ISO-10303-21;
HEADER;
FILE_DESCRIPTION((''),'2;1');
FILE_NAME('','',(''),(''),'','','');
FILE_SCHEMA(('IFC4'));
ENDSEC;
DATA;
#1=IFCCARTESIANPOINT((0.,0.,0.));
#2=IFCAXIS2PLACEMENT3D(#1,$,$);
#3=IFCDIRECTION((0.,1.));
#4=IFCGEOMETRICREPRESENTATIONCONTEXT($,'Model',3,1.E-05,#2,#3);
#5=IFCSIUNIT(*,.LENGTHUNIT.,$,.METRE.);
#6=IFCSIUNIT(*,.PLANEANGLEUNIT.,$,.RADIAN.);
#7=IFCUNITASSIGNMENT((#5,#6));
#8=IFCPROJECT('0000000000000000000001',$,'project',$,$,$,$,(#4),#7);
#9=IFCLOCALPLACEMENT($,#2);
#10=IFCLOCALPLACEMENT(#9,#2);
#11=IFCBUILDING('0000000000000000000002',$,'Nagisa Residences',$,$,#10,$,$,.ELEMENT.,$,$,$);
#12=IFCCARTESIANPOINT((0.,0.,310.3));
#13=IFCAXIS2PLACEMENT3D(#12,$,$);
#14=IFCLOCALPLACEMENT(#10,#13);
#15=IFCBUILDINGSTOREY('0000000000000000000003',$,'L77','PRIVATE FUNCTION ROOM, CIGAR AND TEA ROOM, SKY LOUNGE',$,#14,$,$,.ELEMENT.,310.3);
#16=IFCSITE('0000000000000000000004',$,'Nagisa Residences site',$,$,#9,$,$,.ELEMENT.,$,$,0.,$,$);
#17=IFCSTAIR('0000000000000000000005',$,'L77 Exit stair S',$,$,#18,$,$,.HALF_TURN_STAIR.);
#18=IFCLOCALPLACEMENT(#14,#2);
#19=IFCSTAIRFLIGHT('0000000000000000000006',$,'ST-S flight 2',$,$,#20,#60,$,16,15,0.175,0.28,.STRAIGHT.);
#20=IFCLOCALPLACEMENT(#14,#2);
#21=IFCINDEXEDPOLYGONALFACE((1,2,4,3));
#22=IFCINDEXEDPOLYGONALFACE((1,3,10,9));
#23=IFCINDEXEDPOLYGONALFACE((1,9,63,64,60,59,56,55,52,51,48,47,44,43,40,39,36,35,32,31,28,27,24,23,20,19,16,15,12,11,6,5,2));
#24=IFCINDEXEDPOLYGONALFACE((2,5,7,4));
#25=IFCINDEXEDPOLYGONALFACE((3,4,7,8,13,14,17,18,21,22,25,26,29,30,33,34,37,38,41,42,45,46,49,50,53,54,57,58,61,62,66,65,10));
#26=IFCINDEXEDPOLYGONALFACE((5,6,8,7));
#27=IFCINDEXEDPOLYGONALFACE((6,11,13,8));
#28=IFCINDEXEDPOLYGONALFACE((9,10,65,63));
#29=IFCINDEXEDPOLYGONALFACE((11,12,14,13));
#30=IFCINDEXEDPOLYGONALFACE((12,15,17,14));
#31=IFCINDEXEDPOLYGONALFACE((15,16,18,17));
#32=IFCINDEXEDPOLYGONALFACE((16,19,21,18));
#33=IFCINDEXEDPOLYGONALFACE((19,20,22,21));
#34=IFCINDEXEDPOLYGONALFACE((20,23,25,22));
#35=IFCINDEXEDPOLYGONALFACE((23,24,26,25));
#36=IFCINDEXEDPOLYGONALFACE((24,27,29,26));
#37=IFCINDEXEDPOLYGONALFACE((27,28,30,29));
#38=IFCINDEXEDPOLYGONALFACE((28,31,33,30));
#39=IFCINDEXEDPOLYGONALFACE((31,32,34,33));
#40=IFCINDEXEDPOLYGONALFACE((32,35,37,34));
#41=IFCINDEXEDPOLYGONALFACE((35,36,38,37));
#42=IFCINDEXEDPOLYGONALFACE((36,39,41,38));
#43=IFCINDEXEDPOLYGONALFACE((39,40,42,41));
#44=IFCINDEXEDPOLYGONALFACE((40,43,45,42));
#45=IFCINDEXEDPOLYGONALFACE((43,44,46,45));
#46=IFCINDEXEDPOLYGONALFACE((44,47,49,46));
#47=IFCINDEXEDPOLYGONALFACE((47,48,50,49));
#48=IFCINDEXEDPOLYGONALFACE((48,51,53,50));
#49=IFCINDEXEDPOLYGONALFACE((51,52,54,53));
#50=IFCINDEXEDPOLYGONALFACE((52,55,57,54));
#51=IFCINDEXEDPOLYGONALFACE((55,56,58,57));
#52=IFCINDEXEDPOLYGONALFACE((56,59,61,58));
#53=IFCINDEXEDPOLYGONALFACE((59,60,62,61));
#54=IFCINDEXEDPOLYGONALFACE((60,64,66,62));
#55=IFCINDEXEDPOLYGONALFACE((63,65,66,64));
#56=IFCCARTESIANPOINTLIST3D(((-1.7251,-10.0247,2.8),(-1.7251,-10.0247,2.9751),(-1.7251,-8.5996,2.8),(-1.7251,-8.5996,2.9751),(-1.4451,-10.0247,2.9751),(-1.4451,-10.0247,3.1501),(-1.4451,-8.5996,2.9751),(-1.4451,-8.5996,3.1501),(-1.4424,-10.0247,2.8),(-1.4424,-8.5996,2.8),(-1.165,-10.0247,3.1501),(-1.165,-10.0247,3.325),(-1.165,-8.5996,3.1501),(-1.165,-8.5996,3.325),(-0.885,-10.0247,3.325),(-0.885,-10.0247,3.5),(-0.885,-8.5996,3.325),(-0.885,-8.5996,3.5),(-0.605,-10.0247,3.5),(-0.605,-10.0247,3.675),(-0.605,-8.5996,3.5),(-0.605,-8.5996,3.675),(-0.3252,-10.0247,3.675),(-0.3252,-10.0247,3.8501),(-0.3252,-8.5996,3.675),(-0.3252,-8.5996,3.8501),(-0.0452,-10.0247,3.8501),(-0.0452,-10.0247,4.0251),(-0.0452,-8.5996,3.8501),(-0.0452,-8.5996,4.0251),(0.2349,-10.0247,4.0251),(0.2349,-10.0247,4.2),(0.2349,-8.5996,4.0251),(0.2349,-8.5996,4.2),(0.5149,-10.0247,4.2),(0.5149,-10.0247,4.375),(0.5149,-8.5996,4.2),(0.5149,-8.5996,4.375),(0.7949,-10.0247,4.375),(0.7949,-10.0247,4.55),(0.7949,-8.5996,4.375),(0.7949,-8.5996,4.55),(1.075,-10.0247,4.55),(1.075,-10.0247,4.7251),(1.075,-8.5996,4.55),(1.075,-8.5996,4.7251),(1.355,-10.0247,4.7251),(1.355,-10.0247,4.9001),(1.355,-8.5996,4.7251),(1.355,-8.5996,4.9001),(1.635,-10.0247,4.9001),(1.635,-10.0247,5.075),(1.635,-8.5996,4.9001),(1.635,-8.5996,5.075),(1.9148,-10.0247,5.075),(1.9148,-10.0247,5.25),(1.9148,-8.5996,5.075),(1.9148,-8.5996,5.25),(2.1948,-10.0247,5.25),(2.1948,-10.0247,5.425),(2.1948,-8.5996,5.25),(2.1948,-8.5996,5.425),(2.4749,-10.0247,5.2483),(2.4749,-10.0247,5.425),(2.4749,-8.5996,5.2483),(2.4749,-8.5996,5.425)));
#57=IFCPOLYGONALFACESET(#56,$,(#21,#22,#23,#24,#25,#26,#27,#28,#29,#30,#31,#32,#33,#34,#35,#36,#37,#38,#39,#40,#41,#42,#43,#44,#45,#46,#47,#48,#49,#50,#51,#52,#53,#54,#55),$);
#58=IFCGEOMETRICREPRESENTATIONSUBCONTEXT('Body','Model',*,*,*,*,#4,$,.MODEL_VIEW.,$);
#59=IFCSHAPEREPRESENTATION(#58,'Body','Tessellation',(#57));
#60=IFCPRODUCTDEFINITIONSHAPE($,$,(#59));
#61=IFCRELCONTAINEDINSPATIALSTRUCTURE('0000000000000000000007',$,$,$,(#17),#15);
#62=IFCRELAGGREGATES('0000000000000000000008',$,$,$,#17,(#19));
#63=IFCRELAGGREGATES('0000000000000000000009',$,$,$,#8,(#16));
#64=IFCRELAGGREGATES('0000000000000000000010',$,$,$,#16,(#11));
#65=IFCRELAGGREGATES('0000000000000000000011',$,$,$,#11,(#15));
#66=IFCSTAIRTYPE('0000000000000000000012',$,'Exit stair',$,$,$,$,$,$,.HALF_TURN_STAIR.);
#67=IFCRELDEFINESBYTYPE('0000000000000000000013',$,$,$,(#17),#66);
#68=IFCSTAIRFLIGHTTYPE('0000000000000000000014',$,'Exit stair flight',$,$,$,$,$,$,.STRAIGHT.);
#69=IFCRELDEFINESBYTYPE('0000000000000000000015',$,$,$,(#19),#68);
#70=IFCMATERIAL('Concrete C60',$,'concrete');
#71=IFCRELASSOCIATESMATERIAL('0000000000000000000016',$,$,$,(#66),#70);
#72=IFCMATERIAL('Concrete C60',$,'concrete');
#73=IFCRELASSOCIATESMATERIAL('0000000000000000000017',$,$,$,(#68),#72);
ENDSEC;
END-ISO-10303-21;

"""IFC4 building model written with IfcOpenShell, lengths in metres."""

from ifc_helpers import new_model, si_unit, direction, frame, origin, place, context, subcontext, project, spatial, polyline, outline, extrude, material, type_object, element, aggregate, save


model = new_model("IFC4")

# Units and contexts
model_context = context("Model", 3, precision=1e-05, world=origin(), true_north=direction((0.0, 1.0)))
body_context = subcontext(model_context, "Body", "Model", "MODEL_VIEW")
ifc_project = project(units=[si_unit("LENGTHUNIT", "METRE"), si_unit("PLANEANGLEUNIT", "RADIAN")], contexts=[model_context])

# Site, building, storey
site_placement = place(None, origin())
site = spatial("IfcSite", under=ifc_project, at=site_placement, Name="Nagisa Residences site", CompositionType="ELEMENT", RefElevation=0.0)
building_placement = place(site_placement, origin())
building = spatial("IfcBuilding", under=site, at=building_placement, Name="Nagisa Residences", CompositionType="ELEMENT")
storey_placement = place(building_placement, frame((0.0, 0.0, 310.3)))
storey = spatial("IfcBuildingStorey", under=building, at=storey_placement, Name="L77", Description="PRIVATE FUNCTION ROOM, CIGAR AND TEA ROOM, SKY LOUNGE", CompositionType="ELEMENT", Elevation=310.3)

# Stair, stair flight
ifc_material_1 = material(Name="Concrete C60", Category="concrete")
stair_type = type_object("IfcStairType", Name="Exit stair", PredefinedType="HALF_TURN_STAIR", material=ifc_material_1)
stair_placement = place(storey_placement, origin())
stair = element("IfcStair", 1, at=stair_placement, inside=storey, type_object=stair_type, Name="L77 Exit stair S", PredefinedType="HALF_TURN_STAIR")
ifc_material_2 = material(Name="Concrete C60", Category="concrete")
stair_flight_type = type_object("IfcStairFlightType", Name="Exit stair flight", PredefinedType="STRAIGHT", material=ifc_material_2)
stair_flight_1_placement = place(storey_placement, frame((-1.7251, -9.312, 2.8), z_axis=(0.0, 0.0, 1.0), x_axis=(1.0, 0.0, 0.0)))
stair_flight_1 = element("IfcStairFlight", 2, at=stair_flight_1_placement, type_object=stair_flight_type, Name="ST-S flight 2", NumberOfRisers=16, NumberOfTreads=15, PredefinedType="STRAIGHT", RiserHeight=0.175, TreadLength=0.28, context=body_context, shape_type="SweptSolid", body=[
    extrude(outline(polyline([(0.0, 0.0), (0.0, 0.175), (0.28, 0.175), (0.28, 0.3501), (0.5601, 0.3501), (0.5601, 0.5249), (0.8401, 0.5249), (0.8401, 0.7), (1.1201, 0.7), (1.1201, 0.875), (1.3999, 0.875), (1.3999, 1.05), (1.6799, 1.05), (1.6799, 1.2251), (1.96, 1.2251), (1.96, 1.3999), (2.24, 1.3999), (2.24, 1.575), (2.52, 1.575), (2.52, 1.75), (2.8, 1.75), (2.8, 1.925), (3.0801, 1.925), (3.0801, 2.1001), (3.3601, 2.1001), (3.3601, 2.2749), (3.6399, 2.2749), (3.6399, 2.45), (3.9199, 2.45), (3.9199, 2.625), (4.2, 2.625), (4.2, 2.8), (4.2, 2.4482), (0.2827, 0.0), (0.0, 0.0)])), frame((0.0, 0.7124, 0.0), z_axis=(0.0, -1.0, 0.0), x_axis=(1.0, 0.0, 0.0)), (0.0, 0.0, 1.0), 1.425),
])
aggregate(stair, [stair_flight_1])

save(model, "model.ifc")
